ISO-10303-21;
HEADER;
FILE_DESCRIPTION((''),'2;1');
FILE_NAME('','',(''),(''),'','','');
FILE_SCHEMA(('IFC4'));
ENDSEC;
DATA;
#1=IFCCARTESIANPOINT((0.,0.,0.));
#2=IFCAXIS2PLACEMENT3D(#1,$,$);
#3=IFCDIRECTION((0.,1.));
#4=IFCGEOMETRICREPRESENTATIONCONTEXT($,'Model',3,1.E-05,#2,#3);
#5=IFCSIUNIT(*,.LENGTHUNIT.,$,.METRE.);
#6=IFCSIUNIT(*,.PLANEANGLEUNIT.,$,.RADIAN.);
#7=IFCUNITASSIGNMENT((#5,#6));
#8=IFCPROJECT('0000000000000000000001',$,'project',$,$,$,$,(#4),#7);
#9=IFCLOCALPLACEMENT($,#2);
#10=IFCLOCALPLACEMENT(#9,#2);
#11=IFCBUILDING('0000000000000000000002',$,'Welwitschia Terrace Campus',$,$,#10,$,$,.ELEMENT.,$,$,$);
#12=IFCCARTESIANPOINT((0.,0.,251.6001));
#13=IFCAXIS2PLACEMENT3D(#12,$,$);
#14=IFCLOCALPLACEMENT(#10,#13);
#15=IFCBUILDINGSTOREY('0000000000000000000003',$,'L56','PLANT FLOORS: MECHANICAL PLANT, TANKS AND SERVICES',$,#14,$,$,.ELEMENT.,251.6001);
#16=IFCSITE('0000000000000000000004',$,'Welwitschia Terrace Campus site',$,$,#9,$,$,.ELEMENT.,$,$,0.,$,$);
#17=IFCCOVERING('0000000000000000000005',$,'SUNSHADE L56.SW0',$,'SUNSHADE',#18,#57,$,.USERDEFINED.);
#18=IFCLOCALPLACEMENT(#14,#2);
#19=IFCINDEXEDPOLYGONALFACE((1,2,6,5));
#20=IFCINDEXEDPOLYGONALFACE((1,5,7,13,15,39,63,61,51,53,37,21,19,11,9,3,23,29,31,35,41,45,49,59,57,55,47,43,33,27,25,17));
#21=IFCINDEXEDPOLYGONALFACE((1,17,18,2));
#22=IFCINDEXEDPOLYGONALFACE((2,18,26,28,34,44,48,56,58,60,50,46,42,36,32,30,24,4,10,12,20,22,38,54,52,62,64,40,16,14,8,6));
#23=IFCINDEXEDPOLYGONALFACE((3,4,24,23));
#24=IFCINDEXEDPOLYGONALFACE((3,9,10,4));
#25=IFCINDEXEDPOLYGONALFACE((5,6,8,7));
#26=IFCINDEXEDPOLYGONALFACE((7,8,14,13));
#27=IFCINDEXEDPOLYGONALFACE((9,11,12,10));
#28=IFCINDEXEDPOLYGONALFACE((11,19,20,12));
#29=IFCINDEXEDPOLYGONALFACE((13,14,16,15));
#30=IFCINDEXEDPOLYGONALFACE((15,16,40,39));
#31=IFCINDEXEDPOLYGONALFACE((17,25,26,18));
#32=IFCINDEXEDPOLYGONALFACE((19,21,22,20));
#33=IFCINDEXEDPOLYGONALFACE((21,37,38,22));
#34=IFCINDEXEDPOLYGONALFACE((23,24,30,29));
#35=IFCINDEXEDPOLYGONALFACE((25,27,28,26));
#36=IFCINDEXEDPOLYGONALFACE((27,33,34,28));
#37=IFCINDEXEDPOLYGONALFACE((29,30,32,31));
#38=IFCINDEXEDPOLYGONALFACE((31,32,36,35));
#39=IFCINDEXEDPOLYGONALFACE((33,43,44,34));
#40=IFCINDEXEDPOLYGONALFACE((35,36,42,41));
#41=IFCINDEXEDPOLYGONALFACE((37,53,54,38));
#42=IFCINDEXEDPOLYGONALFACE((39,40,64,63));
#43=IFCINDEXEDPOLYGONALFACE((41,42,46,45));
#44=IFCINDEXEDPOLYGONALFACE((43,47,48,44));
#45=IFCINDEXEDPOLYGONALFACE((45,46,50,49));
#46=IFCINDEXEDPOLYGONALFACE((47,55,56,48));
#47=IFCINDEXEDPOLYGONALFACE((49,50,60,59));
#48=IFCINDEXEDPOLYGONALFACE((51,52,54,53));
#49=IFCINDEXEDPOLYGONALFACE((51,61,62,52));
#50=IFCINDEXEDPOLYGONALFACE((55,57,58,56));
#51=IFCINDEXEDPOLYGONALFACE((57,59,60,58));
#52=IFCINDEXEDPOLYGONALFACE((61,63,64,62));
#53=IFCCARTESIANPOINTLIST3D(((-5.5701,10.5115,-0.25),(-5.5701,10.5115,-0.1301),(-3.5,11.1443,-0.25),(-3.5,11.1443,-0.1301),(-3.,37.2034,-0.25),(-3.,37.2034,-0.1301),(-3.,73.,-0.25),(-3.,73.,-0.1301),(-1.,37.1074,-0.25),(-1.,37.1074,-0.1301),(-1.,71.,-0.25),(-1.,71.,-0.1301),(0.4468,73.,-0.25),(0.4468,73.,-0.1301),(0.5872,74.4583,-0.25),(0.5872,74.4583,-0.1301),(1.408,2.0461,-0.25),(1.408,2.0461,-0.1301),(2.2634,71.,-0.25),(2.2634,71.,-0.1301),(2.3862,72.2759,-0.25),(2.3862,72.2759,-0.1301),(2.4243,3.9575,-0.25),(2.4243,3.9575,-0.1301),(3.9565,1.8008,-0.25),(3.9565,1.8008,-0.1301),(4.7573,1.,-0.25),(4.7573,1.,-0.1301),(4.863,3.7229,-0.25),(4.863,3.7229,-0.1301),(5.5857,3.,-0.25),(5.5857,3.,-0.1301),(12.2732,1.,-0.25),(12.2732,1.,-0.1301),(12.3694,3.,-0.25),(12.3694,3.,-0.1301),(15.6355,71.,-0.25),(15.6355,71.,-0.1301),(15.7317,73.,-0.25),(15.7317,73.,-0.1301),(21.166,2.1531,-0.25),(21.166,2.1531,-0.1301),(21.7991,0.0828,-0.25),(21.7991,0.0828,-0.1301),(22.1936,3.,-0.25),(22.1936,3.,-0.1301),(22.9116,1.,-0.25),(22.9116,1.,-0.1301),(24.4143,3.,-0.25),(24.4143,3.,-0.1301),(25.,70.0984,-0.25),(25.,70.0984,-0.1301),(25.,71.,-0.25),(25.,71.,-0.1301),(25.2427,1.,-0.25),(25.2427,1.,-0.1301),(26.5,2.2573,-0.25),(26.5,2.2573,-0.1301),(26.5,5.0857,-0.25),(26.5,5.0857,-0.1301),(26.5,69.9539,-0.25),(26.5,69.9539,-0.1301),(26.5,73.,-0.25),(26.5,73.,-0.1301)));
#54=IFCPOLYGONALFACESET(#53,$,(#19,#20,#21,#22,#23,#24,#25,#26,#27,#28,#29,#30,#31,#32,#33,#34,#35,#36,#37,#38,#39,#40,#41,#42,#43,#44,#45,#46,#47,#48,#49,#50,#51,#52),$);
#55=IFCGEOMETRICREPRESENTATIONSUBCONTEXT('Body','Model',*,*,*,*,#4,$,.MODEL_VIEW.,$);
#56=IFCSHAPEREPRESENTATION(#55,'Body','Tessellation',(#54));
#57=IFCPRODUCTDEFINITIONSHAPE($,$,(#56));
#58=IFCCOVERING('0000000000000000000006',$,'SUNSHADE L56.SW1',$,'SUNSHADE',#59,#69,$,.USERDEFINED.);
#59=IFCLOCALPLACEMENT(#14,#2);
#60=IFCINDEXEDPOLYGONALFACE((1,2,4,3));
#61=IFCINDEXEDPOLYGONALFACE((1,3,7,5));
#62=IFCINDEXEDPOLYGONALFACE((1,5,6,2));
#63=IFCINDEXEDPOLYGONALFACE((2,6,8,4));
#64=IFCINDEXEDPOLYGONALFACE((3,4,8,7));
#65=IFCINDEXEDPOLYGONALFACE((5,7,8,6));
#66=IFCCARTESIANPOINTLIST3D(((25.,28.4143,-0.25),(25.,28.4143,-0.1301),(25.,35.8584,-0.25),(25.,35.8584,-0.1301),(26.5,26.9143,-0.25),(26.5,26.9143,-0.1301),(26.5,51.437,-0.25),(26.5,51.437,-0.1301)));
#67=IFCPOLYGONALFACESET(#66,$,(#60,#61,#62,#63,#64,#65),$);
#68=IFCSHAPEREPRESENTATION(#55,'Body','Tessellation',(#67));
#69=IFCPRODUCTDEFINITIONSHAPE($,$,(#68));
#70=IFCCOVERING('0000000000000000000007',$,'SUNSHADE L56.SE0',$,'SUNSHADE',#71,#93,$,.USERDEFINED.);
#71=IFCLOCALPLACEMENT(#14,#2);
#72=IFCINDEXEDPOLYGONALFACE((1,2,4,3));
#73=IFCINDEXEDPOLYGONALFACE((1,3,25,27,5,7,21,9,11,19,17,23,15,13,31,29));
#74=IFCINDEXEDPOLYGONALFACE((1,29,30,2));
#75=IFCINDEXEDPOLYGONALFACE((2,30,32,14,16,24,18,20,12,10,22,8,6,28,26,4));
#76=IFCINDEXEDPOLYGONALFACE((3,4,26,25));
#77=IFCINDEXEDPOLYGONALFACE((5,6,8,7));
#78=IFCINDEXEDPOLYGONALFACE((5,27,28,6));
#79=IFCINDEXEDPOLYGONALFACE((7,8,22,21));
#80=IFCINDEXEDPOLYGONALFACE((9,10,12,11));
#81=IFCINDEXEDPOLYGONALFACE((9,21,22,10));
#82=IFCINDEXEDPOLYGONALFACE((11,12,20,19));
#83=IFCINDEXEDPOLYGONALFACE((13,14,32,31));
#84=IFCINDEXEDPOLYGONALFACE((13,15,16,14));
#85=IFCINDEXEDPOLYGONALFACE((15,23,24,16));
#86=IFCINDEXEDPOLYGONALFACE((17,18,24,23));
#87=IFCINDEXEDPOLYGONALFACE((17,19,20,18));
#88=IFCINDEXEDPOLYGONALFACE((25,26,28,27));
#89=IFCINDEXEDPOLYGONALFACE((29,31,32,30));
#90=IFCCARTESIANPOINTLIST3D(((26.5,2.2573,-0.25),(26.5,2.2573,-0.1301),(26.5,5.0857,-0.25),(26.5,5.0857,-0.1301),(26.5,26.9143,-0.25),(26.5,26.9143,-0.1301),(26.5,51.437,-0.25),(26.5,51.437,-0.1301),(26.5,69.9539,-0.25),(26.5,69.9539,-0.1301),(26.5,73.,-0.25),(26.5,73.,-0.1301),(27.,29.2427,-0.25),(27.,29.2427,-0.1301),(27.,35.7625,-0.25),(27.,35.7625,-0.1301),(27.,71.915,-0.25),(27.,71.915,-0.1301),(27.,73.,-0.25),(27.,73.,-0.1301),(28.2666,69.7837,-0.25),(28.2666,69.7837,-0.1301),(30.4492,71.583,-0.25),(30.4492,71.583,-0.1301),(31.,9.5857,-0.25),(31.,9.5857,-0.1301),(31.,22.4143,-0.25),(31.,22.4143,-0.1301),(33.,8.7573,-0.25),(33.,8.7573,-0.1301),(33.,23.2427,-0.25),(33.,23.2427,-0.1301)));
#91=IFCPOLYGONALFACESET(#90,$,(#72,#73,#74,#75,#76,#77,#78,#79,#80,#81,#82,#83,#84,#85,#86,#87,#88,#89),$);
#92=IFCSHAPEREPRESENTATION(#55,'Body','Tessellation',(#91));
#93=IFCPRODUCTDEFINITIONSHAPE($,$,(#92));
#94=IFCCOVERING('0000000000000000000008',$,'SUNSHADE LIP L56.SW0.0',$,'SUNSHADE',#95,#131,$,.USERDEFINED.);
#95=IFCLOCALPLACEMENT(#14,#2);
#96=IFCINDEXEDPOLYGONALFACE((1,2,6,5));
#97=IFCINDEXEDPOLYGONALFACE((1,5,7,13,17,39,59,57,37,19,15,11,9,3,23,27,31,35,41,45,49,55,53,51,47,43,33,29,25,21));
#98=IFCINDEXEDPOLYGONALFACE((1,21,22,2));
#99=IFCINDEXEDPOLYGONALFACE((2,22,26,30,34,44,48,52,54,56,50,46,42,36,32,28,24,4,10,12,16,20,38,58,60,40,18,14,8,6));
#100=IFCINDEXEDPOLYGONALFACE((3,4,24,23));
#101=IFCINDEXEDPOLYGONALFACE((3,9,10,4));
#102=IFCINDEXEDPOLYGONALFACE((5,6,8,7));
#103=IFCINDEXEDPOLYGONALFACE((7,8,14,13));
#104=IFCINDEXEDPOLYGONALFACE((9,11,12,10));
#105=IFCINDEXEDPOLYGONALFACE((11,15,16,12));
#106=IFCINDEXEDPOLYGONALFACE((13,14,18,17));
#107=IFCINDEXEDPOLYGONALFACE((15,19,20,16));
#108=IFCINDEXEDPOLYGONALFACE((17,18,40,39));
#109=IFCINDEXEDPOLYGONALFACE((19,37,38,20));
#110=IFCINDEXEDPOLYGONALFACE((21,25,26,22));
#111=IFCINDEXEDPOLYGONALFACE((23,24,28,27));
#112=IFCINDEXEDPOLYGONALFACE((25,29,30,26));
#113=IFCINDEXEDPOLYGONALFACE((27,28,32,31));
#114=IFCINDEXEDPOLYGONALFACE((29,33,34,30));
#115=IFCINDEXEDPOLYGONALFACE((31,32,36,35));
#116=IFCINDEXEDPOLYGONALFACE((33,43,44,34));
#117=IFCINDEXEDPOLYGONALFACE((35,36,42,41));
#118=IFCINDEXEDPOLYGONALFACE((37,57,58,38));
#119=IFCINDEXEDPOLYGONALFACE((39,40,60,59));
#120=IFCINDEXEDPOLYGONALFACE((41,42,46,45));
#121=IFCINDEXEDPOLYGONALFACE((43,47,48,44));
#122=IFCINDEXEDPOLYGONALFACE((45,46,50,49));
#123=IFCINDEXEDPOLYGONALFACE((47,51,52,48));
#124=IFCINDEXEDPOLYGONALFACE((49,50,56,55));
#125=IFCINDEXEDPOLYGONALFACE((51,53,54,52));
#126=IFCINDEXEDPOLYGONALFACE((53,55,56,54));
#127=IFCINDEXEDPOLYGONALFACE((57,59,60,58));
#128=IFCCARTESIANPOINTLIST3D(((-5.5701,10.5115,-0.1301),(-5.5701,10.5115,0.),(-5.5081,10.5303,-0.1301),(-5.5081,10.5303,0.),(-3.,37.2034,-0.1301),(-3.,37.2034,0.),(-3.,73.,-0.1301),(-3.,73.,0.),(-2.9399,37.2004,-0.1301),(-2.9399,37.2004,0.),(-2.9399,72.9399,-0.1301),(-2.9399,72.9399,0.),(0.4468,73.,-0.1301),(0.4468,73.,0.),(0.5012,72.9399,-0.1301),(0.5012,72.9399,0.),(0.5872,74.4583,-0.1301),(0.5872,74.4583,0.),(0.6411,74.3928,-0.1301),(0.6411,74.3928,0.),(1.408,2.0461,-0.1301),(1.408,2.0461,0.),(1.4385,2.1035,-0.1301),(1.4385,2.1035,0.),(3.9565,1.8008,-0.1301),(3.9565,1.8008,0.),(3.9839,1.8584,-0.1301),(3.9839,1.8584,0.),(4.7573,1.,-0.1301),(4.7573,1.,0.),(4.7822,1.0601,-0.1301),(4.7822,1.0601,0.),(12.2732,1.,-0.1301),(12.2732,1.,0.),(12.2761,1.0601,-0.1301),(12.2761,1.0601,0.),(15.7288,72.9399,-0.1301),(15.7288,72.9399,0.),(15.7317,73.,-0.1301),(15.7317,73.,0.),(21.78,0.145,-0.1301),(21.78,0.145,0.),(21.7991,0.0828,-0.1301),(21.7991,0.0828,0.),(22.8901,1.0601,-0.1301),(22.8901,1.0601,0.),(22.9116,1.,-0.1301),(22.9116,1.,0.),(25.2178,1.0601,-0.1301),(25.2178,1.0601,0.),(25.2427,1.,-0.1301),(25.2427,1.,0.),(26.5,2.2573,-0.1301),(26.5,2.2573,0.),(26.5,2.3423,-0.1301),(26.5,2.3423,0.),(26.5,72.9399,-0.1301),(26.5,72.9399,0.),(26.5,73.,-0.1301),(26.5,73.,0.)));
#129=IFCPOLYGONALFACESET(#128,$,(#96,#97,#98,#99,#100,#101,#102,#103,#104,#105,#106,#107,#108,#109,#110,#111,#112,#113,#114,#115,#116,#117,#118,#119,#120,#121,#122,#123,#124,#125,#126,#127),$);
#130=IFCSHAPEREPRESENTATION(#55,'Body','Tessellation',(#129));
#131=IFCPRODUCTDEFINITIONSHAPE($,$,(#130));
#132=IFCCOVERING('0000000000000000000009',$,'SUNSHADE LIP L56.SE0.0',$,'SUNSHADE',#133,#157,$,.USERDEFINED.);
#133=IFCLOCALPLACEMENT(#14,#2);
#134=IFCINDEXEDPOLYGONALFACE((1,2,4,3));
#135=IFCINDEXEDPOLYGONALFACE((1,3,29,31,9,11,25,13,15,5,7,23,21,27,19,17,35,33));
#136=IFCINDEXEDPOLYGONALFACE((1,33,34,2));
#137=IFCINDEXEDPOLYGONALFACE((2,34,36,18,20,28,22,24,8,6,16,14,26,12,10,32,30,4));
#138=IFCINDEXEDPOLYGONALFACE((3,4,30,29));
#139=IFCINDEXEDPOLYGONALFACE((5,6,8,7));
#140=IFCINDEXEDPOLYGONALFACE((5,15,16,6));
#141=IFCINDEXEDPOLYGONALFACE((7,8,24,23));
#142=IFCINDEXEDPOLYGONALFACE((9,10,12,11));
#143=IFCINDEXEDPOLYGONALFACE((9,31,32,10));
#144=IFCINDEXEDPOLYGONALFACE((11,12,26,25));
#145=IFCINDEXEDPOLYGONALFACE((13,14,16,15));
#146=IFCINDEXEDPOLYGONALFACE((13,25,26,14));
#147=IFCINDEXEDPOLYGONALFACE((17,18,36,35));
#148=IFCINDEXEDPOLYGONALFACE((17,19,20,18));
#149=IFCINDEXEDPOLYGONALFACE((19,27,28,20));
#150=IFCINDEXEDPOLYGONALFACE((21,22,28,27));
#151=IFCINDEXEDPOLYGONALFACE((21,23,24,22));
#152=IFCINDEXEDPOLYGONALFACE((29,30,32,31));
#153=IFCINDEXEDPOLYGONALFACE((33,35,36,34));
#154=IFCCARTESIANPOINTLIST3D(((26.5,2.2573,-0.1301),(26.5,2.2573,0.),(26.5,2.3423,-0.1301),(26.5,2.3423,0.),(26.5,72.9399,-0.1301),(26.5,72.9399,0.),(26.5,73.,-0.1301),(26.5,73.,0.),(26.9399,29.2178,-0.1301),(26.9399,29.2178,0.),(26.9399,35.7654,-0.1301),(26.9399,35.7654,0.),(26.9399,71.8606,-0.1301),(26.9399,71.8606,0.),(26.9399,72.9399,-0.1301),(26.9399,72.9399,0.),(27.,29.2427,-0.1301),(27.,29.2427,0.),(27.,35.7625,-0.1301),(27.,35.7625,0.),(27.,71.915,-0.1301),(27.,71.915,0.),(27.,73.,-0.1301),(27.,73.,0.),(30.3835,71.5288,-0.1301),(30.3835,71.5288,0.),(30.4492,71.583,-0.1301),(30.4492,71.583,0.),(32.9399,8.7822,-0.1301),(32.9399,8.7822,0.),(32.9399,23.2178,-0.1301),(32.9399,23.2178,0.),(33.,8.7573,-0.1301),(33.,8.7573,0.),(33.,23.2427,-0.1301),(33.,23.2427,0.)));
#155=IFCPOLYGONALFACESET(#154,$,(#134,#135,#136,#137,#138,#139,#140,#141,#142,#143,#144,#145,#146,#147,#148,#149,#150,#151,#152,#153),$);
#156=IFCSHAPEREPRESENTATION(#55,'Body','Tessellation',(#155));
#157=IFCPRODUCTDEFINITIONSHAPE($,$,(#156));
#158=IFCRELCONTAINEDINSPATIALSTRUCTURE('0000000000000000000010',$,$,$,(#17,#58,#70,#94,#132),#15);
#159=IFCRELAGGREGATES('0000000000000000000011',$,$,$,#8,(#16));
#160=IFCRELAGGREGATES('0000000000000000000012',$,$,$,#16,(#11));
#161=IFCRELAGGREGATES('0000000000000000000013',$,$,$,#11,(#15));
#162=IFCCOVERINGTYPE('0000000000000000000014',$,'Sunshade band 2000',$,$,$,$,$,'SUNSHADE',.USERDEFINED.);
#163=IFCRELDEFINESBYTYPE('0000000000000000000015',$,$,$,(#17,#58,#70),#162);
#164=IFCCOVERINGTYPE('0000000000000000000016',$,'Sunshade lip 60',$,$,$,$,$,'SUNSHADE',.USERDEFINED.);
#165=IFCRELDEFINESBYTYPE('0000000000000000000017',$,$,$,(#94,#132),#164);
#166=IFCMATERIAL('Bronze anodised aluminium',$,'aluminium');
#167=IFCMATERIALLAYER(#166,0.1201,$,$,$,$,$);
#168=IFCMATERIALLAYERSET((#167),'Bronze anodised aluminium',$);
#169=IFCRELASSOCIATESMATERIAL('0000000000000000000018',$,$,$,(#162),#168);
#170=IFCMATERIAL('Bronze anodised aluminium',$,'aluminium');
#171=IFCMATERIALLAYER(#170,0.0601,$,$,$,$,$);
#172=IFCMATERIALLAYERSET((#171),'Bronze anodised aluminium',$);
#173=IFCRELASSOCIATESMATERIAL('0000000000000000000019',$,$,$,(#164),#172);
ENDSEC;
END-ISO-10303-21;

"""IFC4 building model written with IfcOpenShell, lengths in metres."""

from ifc_helpers import new_model, si_unit, direction, frame, origin, place, context, subcontext, project, spatial, polyline, outline, extrude, material, layer, layer_set, type_object, element, save


model = new_model("IFC4")

# Units and contexts
model_context = context("Model", 3, precision=1e-05, world=origin(), true_north=direction((0.0, 1.0)))
body_context = subcontext(model_context, "Body", "Model", "MODEL_VIEW")
ifc_project = project(units=[si_unit("LENGTHUNIT", "METRE"), si_unit("PLANEANGLEUNIT", "RADIAN")], contexts=[model_context])

# Site, building, storey
site_placement = place(None, origin())
site = spatial("IfcSite", under=ifc_project, at=site_placement, Name="Welwitschia Terrace Campus site", CompositionType="ELEMENT", RefElevation=0.0)
building_placement = place(site_placement, origin())
building = spatial("IfcBuilding", under=site, at=building_placement, Name="Welwitschia Terrace Campus", CompositionType="ELEMENT")
storey_placement = place(building_placement, frame((0.0, 0.0, 251.6001)))
storey = spatial("IfcBuildingStorey", under=building, at=storey_placement, Name="L56", Description="PLANT FLOORS: MECHANICAL PLANT, TANKS AND SERVICES", CompositionType="ELEMENT", Elevation=251.6001)

# Coverings
ifc_material_1 = material(Name="Bronze anodised aluminium", Category="aluminium")
ifc_layer_1 = layer(ifc_material_1, 0.1201)
ifc_layer_set_1 = layer_set([ifc_layer_1], Name="Bronze anodised aluminium")
covering_type_1 = type_object("IfcCoveringType", Name="Sunshade band 2000", ElementType="SUNSHADE", PredefinedType="USERDEFINED", material=ifc_layer_set_1)
covering_1_placement = place(storey_placement, frame((0.0, 0.0, -0.25)))
element("IfcCovering", 1, at=covering_1_placement, inside=storey, type_object=covering_type_1, Name="SUNSHADE L56.SW0", ObjectType="SUNSHADE", PredefinedType="USERDEFINED", context=body_context, shape_type="SweptSolid", body=[
    extrude(outline(polyline([(0.5872, 74.4583), (15.7317, 73.0), (26.5, 73.0), (26.5, 69.9539), (25.0, 70.0984), (25.0, 71.0), (15.6355, 71.0), (2.3862, 72.2759), (2.2634, 71.0), (-1.0, 71.0), (-1.0, 37.1074), (-3.5, 11.1443), (2.4243, 3.9575), (4.863, 3.7229), (5.5857, 3.0), (12.3694, 3.0), (21.166, 2.1531), (22.1936, 3.0), (24.4143, 3.0), (26.5, 5.0857), (26.5, 2.2573), (25.2427, 1.0), (22.9116, 1.0), (21.7991, 0.0828), (12.2732, 1.0), (4.7573, 1.0), (3.9565, 1.8008), (1.408, 2.0461), (-5.5701, 10.5115), (-3.0, 37.2034), (-3.0, 73.0), (0.4468, 73.0), (0.5872, 74.4583)])), origin(), (0.0, 0.0, 1.0), 0.1199),
])
covering_2_placement = place(storey_placement, frame((0.0, 0.0, -0.25)))
element("IfcCovering", 2, at=covering_2_placement, inside=storey, type_object=covering_type_1, Name="SUNSHADE L56.SW1", ObjectType="SUNSHADE", PredefinedType="USERDEFINED", context=body_context, shape_type="SweptSolid", body=[
    extrude(outline(polyline([(25.0, 28.4143), (25.0, 35.8584), (26.5, 51.437), (26.5, 26.9143), (25.0, 28.4143)])), origin(), (0.0, 0.0, 1.0), 0.1199),
])
covering_3_placement = place(storey_placement, frame((0.0, 0.0, -0.25)))
element("IfcCovering", 3, at=covering_3_placement, inside=storey, type_object=covering_type_1, Name="SUNSHADE L56.SE0", ObjectType="SUNSHADE", PredefinedType="USERDEFINED", context=body_context, shape_type="SweptSolid", body=[
    extrude(outline(polyline([(27.0, 73.0), (27.0, 71.915), (30.4492, 71.583), (27.0, 35.7625), (27.0, 29.2427), (33.0, 23.2427), (33.0, 8.7573), (26.5, 2.2573), (26.5, 5.0857), (31.0, 9.5857), (31.0, 22.4143), (26.5, 26.9143), (26.5, 51.437), (28.2666, 69.7837), (26.5, 69.9539), (26.5, 73.0), (27.0, 73.0)])), origin(), (0.0, 0.0, 1.0), 0.1199),
])
ifc_material_2 = material(Name="Bronze anodised aluminium", Category="aluminium")
ifc_layer_2 = layer(ifc_material_2, 0.0601)
ifc_layer_set_2 = layer_set([ifc_layer_2], Name="Bronze anodised aluminium")
covering_type_2 = type_object("IfcCoveringType", Name="Sunshade lip 60", ElementType="SUNSHADE", PredefinedType="USERDEFINED", material=ifc_layer_set_2)
covering_4_placement = place(storey_placement, frame((0.0, 0.0, -0.1301)))
element("IfcCovering", 4, at=covering_4_placement, inside=storey, type_object=covering_type_2, Name="SUNSHADE LIP L56.SW0.0", ObjectType="SUNSHADE", PredefinedType="USERDEFINED", context=body_context, shape_type="SweptSolid", body=[
    extrude(outline(polyline([(15.7317, 73.0), (26.5, 73.0), (26.5, 72.9399), (15.7288, 72.9399), (0.6411, 74.3928), (0.5012, 72.9399), (-2.9399, 72.9399), (-2.9399, 37.2004), (-5.5081, 10.5303), (1.4385, 2.1035), (3.9839, 1.8584), (4.7822, 1.0601), (12.2761, 1.0601), (21.78, 0.145), (22.8901, 1.0601), (25.2178, 1.0601), (26.5, 2.3423), (26.5, 2.2573), (25.2427, 1.0), (22.9116, 1.0), (21.7991, 0.0828), (12.2732, 1.0), (4.7573, 1.0), (3.9565, 1.8008), (1.408, 2.0461), (-5.5701, 10.5115), (-3.0, 37.2034), (-3.0, 73.0), (0.4468, 73.0), (0.5872, 74.4583), (15.7317, 73.0)])), origin(), (0.0, 0.0, 1.0), 0.1301),
])
covering_5_placement = place(storey_placement, frame((0.0, 0.0, -0.1301)))
element("IfcCovering", 5, at=covering_5_placement, inside=storey, type_object=covering_type_2, Name="SUNSHADE LIP L56.SE0.0", ObjectType="SUNSHADE", PredefinedType="USERDEFINED", context=body_context, shape_type="SweptSolid", body=[
    extrude(outline(polyline([(27.0, 71.915), (30.4492, 71.583), (27.0, 35.7625), (27.0, 29.2427), (33.0, 23.2427), (33.0, 8.7573), (26.5, 2.2573), (26.5, 2.3423), (32.9399, 8.7822), (32.9399, 23.2178), (26.9399, 29.2178), (26.9399, 35.7654), (30.3835, 71.5288), (26.9399, 71.8606), (26.9399, 72.9399), (26.5, 72.9399), (26.5, 73.0), (27.0, 73.0), (27.0, 71.915)])), origin(), (0.0, 0.0, 1.0), 0.1301),
])

save(model, "model.ifc")
